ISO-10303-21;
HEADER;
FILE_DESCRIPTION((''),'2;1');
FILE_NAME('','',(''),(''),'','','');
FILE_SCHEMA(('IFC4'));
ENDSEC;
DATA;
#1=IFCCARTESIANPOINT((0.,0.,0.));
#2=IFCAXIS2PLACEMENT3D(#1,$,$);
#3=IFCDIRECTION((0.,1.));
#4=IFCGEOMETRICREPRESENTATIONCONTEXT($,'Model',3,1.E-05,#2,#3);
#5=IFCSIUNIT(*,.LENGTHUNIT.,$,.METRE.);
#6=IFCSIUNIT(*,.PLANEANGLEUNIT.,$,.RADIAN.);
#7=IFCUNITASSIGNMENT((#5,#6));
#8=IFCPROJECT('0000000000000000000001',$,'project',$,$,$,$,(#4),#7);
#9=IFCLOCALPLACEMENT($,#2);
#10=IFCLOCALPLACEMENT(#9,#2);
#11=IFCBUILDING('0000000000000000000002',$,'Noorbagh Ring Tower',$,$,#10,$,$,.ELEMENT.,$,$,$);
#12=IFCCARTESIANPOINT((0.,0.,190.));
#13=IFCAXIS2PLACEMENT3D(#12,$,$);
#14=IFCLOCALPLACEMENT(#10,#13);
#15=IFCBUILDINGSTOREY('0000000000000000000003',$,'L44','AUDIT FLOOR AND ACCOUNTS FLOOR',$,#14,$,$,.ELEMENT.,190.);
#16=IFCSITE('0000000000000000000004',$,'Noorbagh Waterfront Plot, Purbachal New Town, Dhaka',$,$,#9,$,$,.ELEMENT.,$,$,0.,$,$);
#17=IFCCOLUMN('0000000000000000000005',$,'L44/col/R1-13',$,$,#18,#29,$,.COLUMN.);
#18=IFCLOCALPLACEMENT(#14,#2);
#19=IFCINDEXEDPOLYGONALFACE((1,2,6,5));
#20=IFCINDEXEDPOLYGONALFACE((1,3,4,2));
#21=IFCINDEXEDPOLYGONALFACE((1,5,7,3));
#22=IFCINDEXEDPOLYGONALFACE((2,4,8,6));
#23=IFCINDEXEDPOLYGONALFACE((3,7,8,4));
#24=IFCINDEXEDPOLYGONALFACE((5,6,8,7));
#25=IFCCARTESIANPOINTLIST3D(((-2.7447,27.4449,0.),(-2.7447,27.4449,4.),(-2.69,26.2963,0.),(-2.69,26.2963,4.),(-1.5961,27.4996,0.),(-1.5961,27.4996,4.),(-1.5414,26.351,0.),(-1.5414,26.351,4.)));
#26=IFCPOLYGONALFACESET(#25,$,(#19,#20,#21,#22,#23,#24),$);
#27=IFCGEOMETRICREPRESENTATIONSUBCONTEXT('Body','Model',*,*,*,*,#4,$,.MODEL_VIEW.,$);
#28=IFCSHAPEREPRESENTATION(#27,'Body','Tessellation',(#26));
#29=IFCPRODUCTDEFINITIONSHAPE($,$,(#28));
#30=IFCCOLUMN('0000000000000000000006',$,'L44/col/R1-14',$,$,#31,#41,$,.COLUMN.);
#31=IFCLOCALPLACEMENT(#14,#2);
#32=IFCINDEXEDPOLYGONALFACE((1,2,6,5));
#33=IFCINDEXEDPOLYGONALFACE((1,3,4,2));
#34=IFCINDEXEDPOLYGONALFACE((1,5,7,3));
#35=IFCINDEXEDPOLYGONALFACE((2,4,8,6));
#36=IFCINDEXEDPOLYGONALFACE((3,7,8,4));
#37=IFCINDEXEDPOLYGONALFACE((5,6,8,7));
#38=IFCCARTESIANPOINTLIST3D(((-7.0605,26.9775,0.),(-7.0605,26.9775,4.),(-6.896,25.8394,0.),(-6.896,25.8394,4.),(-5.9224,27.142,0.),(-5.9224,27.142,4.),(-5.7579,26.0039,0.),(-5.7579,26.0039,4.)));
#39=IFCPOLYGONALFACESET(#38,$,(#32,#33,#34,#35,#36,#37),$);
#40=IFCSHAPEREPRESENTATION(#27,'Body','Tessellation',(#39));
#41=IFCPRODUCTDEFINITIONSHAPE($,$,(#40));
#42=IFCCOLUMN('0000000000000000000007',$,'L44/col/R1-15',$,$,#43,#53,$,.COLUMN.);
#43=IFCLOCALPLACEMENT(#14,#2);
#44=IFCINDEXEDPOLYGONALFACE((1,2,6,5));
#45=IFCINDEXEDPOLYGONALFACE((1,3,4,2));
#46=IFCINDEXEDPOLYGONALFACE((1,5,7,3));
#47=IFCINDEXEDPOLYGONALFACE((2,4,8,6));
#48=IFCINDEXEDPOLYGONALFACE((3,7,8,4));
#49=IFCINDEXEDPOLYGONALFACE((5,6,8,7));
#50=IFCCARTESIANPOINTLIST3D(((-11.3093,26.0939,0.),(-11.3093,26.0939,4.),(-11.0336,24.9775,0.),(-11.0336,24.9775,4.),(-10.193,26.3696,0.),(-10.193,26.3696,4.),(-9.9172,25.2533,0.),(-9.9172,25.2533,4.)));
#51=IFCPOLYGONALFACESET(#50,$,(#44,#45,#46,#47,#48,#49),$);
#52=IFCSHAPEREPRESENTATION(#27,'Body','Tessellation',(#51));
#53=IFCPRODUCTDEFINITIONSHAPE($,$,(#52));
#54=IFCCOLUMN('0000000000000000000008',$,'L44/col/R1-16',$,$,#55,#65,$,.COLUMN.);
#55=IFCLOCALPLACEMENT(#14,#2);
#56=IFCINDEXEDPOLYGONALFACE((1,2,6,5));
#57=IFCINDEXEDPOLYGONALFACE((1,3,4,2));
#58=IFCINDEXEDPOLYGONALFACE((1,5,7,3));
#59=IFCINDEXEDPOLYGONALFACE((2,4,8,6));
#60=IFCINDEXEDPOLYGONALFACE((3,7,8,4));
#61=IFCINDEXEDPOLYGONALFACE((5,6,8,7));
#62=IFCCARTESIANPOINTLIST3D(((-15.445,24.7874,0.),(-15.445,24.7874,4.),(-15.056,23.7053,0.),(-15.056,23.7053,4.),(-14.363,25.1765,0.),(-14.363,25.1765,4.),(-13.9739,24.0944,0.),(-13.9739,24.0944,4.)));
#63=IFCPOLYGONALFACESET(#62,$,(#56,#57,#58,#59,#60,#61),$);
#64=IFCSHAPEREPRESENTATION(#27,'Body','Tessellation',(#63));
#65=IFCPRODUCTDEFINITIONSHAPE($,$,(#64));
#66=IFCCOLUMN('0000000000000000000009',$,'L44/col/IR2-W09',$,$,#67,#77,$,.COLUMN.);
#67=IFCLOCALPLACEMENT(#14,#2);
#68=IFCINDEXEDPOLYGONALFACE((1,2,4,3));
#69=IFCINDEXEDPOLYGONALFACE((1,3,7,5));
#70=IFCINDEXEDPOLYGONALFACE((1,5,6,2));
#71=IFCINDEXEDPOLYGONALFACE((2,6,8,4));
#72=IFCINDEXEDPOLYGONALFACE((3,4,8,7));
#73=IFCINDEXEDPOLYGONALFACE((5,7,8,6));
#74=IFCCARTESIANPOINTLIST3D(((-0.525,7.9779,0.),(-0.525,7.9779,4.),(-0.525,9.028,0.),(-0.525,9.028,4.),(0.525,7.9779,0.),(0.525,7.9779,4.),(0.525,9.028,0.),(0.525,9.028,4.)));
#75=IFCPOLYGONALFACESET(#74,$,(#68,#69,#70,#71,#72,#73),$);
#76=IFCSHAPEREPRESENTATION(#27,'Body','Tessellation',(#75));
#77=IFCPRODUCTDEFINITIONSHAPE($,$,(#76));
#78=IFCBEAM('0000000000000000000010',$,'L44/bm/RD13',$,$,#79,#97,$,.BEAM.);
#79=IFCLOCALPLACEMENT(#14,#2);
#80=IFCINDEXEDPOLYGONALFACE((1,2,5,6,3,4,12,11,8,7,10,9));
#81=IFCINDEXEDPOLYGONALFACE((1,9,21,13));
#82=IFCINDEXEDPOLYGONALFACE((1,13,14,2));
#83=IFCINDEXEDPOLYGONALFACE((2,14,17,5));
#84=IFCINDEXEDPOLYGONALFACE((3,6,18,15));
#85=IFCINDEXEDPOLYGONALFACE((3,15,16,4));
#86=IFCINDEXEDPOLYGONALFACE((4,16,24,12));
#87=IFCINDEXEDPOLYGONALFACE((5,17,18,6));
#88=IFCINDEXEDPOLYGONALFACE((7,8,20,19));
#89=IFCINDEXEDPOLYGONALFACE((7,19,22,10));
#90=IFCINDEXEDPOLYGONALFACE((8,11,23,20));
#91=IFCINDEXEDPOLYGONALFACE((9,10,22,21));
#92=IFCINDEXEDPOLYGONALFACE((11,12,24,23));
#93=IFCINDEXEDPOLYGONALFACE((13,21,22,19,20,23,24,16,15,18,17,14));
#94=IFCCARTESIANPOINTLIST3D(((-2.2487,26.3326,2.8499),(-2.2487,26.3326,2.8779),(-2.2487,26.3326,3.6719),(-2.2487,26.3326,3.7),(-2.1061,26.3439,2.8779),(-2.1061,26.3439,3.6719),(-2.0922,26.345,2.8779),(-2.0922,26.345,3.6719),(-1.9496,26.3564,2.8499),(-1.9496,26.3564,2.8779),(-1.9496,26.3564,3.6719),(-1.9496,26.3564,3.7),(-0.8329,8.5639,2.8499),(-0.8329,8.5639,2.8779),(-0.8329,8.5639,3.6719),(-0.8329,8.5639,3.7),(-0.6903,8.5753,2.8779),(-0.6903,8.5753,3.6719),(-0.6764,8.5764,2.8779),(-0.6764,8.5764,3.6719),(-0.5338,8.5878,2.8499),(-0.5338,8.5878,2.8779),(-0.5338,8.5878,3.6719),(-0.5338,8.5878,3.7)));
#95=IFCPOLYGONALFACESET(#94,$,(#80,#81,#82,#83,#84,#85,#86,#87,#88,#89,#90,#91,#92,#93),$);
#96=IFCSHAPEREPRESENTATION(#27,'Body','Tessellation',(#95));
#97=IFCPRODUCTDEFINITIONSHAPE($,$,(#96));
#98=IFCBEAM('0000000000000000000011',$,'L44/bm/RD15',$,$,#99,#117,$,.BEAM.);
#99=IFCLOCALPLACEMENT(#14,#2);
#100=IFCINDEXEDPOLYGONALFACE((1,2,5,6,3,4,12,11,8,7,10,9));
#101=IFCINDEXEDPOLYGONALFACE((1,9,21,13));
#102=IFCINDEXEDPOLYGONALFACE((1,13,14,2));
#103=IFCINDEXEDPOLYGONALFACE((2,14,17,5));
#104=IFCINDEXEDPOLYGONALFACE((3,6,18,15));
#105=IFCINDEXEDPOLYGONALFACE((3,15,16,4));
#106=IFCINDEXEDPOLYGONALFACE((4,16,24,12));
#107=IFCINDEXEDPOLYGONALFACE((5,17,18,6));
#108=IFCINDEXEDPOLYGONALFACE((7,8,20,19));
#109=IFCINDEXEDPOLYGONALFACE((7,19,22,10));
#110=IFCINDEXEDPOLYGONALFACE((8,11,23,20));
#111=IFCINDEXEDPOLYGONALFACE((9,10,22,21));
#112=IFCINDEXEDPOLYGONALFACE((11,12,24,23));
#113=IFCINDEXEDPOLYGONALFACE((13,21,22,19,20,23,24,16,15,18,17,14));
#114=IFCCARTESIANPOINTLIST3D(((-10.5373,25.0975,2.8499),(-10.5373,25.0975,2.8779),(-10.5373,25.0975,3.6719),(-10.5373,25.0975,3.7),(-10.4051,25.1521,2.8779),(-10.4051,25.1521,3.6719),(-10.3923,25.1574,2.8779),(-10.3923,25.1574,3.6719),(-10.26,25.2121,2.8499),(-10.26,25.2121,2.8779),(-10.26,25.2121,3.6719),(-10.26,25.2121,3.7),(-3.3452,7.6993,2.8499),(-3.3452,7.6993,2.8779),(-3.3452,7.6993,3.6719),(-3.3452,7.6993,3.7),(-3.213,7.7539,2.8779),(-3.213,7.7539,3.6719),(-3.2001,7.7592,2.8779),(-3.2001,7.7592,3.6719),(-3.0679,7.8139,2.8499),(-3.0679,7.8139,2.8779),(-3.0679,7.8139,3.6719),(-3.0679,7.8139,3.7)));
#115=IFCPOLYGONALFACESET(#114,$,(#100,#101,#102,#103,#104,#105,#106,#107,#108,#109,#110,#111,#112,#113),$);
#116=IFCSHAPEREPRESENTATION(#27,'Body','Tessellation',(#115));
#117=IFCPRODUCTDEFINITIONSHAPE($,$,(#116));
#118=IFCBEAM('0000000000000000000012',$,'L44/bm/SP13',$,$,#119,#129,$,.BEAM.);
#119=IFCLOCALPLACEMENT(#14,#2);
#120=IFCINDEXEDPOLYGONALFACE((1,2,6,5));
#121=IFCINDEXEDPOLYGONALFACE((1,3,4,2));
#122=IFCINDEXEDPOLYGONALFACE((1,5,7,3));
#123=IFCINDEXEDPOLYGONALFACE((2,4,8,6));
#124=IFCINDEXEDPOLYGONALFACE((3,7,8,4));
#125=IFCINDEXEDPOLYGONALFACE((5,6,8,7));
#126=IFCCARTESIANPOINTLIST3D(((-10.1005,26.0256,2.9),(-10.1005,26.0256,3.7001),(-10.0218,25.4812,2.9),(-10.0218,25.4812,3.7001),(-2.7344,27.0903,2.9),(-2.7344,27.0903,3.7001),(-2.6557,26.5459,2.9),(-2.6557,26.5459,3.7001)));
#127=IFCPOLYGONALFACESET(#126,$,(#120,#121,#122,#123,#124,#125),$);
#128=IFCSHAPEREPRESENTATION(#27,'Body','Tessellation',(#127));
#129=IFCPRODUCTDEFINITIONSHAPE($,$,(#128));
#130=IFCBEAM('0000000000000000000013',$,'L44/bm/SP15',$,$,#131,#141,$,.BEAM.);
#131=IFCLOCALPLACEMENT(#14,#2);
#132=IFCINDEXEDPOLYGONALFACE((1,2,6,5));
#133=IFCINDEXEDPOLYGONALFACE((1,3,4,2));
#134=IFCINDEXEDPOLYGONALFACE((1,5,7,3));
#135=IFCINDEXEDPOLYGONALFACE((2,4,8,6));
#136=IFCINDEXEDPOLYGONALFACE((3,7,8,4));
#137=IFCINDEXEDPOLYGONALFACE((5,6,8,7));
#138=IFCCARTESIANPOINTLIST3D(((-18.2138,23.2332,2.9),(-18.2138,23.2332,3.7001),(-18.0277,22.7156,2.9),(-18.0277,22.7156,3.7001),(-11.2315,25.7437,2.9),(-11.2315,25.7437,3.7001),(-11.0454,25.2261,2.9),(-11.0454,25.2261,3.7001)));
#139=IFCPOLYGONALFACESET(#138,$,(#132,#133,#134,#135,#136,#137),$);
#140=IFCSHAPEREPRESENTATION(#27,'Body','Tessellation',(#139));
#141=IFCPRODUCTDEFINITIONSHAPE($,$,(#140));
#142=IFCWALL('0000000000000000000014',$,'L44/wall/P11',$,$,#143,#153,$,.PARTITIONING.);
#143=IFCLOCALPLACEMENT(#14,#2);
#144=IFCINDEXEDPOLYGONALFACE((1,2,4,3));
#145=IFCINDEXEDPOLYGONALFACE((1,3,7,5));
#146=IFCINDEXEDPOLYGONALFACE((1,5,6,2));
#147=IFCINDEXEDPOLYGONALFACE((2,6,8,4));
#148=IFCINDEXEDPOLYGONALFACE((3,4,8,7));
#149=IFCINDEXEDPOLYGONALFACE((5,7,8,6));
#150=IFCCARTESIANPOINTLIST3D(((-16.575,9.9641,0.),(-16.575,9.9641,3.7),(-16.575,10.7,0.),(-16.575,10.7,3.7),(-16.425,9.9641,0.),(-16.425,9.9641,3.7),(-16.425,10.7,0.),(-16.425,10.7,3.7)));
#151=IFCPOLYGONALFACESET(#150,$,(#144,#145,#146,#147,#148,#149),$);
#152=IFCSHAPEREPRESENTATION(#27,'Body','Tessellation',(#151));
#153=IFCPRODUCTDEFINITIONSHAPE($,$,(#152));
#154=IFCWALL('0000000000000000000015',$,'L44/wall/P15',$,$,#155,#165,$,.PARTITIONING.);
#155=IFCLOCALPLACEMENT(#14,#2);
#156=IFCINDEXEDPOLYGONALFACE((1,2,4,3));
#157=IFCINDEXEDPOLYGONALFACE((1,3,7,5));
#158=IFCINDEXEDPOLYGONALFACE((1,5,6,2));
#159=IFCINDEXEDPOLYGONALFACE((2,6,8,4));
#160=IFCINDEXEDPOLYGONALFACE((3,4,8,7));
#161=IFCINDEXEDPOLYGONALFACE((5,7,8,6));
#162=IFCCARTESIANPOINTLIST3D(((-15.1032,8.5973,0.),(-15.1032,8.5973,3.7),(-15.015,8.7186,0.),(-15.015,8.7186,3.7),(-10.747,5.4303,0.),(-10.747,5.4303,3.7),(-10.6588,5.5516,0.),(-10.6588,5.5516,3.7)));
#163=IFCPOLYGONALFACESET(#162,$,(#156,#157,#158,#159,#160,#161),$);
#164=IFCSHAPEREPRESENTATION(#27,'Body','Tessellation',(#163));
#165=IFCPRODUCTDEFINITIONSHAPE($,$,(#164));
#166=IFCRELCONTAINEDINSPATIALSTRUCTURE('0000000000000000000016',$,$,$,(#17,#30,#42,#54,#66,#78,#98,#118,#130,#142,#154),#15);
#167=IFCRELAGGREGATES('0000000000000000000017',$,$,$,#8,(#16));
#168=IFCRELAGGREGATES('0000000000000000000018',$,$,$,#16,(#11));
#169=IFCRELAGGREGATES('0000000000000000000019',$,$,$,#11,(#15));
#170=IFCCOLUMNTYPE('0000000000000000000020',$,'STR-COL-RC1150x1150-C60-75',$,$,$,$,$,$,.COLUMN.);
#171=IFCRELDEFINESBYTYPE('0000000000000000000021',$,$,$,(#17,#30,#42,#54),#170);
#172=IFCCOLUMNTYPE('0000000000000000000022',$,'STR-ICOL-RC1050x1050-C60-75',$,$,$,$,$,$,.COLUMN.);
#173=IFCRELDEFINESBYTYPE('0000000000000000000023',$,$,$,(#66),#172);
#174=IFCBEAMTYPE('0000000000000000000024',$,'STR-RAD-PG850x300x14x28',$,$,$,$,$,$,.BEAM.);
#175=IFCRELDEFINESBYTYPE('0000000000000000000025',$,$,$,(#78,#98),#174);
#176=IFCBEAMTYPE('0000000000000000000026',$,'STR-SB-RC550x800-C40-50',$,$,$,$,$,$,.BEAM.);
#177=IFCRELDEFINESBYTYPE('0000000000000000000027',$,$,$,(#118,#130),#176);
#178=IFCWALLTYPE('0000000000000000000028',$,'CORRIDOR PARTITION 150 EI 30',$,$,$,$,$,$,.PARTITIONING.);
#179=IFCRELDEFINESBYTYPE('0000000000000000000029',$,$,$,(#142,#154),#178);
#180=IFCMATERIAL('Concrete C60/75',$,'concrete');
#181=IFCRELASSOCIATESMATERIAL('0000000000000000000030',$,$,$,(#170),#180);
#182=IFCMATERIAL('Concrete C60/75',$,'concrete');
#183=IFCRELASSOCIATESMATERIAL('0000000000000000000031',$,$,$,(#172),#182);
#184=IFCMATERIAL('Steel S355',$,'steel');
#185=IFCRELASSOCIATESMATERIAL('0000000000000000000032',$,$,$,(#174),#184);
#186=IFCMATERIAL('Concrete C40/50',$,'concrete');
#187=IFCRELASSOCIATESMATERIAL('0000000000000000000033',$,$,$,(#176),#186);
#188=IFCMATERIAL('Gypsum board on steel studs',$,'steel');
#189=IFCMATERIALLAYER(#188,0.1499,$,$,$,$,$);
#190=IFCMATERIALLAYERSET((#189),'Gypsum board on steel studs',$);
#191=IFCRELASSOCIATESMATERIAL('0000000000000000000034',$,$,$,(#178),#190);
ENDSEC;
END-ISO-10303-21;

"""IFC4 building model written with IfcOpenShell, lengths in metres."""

from ifc_helpers import new_model, si_unit, direction, frame, frame_2d, origin, origin_2d, place, context, subcontext, project, spatial, rectangle, i_section, extrude, material, layer, layer_set, material_profile, profile_set, type_object, element, save


model = new_model("IFC4")

# Units and contexts
model_context = context("Model", 3, precision=1e-05, world=origin(), true_north=direction((0.0, 1.0)))
body_context = subcontext(model_context, "Body", "Model", "MODEL_VIEW")
ifc_project = project(units=[si_unit("LENGTHUNIT", "METRE"), si_unit("PLANEANGLEUNIT", "RADIAN")], contexts=[model_context])

# Site, building, storey
site_placement = place(None, origin())
site = spatial("IfcSite", under=ifc_project, at=site_placement, Name="Noorbagh Waterfront Plot, Purbachal New Town, Dhaka", CompositionType="ELEMENT", RefElevation=0.0)
building_placement = place(site_placement, origin())
building = spatial("IfcBuilding", under=site, at=building_placement, Name="Noorbagh Ring Tower", CompositionType="ELEMENT")
storey_placement = place(building_placement, frame((0.0, 0.0, 190.0)))
storey = spatial("IfcBuildingStorey", under=building, at=storey_placement, Name="L44", Description="AUDIT FLOOR AND ACCOUNTS FLOOR", CompositionType="ELEMENT", Elevation=190.0)

# Columns
ifc_material_1 = material(Name="Concrete C60/75", Category="concrete")
ifc_material_profile_1 = material_profile(ifc_material_1, rectangle(XDim=1.1499, YDim=1.1499, at=origin_2d()), Name="RC1150x1150")
ifc_profile_set_1 = profile_set([ifc_material_profile_1], Name="Concrete C60/75")
column_type_1 = type_object("IfcColumnType", Name="STR-COL-RC1150x1150-C60-75", PredefinedType="COLUMN", material=ifc_profile_set_1)
for number, where, z_axis, x_axis, name in (
    (1, (-2.1431, 26.8979, 0.0), (0.0, 0.0, 1.0), (-0.998869, -0.047553, 0.0), "L44/col/R1-13"),
    (2, (-6.4092, 26.4907, 0.0), (0.0, 0.0, 1.0), (-0.989713, -0.143066, 0.0), "L44/col/R1-14"),
    (3, (-10.6133, 25.6736, 0.0), (0.0, 0.0, 1.0), (-0.970829, -0.239771, 0.0), "L44/col/R1-15"),
    (4, (-14.7095, 24.4409, 0.0), (0.0, 0.0, 1.0), (-0.941025, -0.338338, 0.0), "L44/col/R1-16"),
):
    element("IfcColumn", number, at=place(storey_placement, frame(where, z_axis=z_axis, x_axis=x_axis)), inside=storey, type_object=column_type_1, Name=name, PredefinedType="COLUMN", context=body_context, shape_type="SweptSolid", body=[
        extrude(rectangle(XDim=1.1499, YDim=1.1499, at=origin_2d()), origin(), (0.0, 0.0, 1.0), 4.0),
    ])
ifc_material_2 = material(Name="Concrete C60/75", Category="concrete")
ifc_material_profile_2 = material_profile(ifc_material_2, rectangle(XDim=1.05, YDim=1.05, at=origin_2d()), Name="RC1050x1050")
ifc_profile_set_2 = profile_set([ifc_material_profile_2], Name="Concrete C60/75")
column_type_2 = type_object("IfcColumnType", Name="STR-ICOL-RC1050x1050-C60-75", PredefinedType="COLUMN", material=ifc_profile_set_2)
column_placement = place(storey_placement, frame((0.0, 8.5029, 0.0), z_axis=(0.0, 0.0, 1.0), x_axis=(-1.0, 0.0, 0.0)))
element("IfcColumn", 5, at=column_placement, inside=storey, type_object=column_type_2, Name="L44/col/IR2-W09", PredefinedType="COLUMN", context=body_context, shape_type="SweptSolid", body=[
    extrude(rectangle(XDim=1.05, YDim=1.05, at=origin_2d()), origin(), (0.0, 0.0, 1.0), 4.0),
])

# Beams
ifc_material_3 = material(Name="Steel S355", Category="steel")
ifc_material_profile_3 = material_profile(ifc_material_3, i_section(OverallWidth=0.3, OverallDepth=0.8501, WebThickness=0.0139, FlangeThickness=0.0281, at=origin_2d()), Name="PG850x300x14x28")
ifc_profile_set_3 = profile_set([ifc_material_profile_3], Name="Steel S355")
beam_type_1 = type_object("IfcBeamType", Name="STR-RAD-PG850x300x14x28", PredefinedType="BEAM", material=ifc_profile_set_3)
beam_1_placement = place(storey_placement, frame((-2.0991, 26.3445, 3.2749), z_axis=(0.079427, -0.996841, 0.0), x_axis=(0.996841, 0.079427, 0.0)))
element("IfcBeam", 6, at=beam_1_placement, inside=storey, type_object=beam_type_1, Name="L44/bm/RD13", PredefinedType="BEAM", context=body_context, shape_type="SweptSolid", body=[
    extrude(i_section(OverallWidth=0.3, OverallDepth=0.8501, WebThickness=0.0139, FlangeThickness=0.0281, at=origin_2d()), origin(), (0.0, 0.0, 1.0), 17.825),
])
beam_2_placement = place(storey_placement, frame((-10.3987, 25.1548, 3.2749), z_axis=(0.382029, -0.92415, 0.0), x_axis=(0.92415, 0.382029, 0.0)))
element("IfcBeam", 7, at=beam_2_placement, inside=storey, type_object=beam_type_1, Name="L44/bm/RD15", PredefinedType="BEAM", context=body_context, shape_type="SweptSolid", body=[
    extrude(i_section(OverallWidth=0.3, OverallDepth=0.8501, WebThickness=0.0139, FlangeThickness=0.0281, at=origin_2d()), origin(), (0.0, 0.0, 1.0), 18.8262),
])
ifc_material_4 = material(Name="Concrete C40/50", Category="concrete")
ifc_material_profile_4 = material_profile(ifc_material_4, rectangle(XDim=0.55, YDim=0.8, at=origin_2d()), Name="RC550x800")
ifc_profile_set_4 = profile_set([ifc_material_profile_4], Name="Concrete C40/50")
beam_type_2 = type_object("IfcBeamType", Name="STR-SB-RC550x800-C40-50", PredefinedType="BEAM", material=ifc_profile_set_4)
beam_3_placement = place(storey_placement, frame((-2.6951, 26.8181, 3.3), z_axis=(-0.989715, -0.143056, 0.0), x_axis=(0.143056, -0.989715, 0.0)))
element("IfcBeam", 8, at=beam_3_placement, inside=storey, type_object=beam_type_2, Name="L44/bm/SP13", PredefinedType="BEAM", context=body_context, shape_type="SweptSolid", body=[
    extrude(rectangle(XDim=0.55, YDim=0.8, at=origin_2d()), origin(), (0.0, 0.0, 1.0), 7.4426),
])
beam_4_placement = place(storey_placement, frame((-11.1384, 25.4849, 3.3), z_axis=(-0.941024, -0.338341, 0.0), x_axis=(0.338341, -0.941024, 0.0)))
element("IfcBeam", 9, at=beam_4_placement, inside=storey, type_object=beam_type_2, Name="L44/bm/SP15", PredefinedType="BEAM", context=body_context, shape_type="SweptSolid", body=[
    extrude(rectangle(XDim=0.55, YDim=0.8, at=origin_2d()), origin(), (0.0, 0.0, 1.0), 7.4199),
])

# Walls
ifc_material_5 = material(Name="Gypsum board on steel studs", Category="steel")
ifc_layer_1 = layer(ifc_material_5, 0.1499)
ifc_layer_set_1 = layer_set([ifc_layer_1], Name="Gypsum board on steel studs")
wall_type_1 = type_object("IfcWallType", Name="CORRIDOR PARTITION 150 EI 30", PredefinedType="PARTITIONING", material=ifc_layer_set_1)
wall_1_placement = place(storey_placement, frame((-16.5, 9.9641, 0.0), z_axis=(0.0, 0.0, 1.0), x_axis=(0.0, 1.0, 0.0)))
element("IfcWall", 10, at=wall_1_placement, inside=storey, type_object=wall_type_1, Name="L44/wall/P11", PredefinedType="PARTITIONING", context=body_context, shape_type="SweptSolid", body=[
    extrude(rectangle(XDim=0.7358, YDim=0.1499, at=frame_2d((0.3679, 0.0))), origin(), (0.0, 0.0, 1.0), 3.7),
])
wall_2_placement = place(storey_placement, frame((-15.0591, 8.658, 0.0), z_axis=(0.0, 0.0, 1.0), x_axis=(0.808838, -0.588032, 0.0)))
element("IfcWall", 11, at=wall_2_placement, inside=storey, type_object=wall_type_1, Name="L44/wall/P15", PredefinedType="PARTITIONING", context=body_context, shape_type="SweptSolid", body=[
    extrude(rectangle(XDim=5.3857, YDim=0.1499, at=frame_2d((2.6929, 0.0))), origin(), (0.0, 0.0, 1.0), 3.7),
])

save(model, "model.ifc")
